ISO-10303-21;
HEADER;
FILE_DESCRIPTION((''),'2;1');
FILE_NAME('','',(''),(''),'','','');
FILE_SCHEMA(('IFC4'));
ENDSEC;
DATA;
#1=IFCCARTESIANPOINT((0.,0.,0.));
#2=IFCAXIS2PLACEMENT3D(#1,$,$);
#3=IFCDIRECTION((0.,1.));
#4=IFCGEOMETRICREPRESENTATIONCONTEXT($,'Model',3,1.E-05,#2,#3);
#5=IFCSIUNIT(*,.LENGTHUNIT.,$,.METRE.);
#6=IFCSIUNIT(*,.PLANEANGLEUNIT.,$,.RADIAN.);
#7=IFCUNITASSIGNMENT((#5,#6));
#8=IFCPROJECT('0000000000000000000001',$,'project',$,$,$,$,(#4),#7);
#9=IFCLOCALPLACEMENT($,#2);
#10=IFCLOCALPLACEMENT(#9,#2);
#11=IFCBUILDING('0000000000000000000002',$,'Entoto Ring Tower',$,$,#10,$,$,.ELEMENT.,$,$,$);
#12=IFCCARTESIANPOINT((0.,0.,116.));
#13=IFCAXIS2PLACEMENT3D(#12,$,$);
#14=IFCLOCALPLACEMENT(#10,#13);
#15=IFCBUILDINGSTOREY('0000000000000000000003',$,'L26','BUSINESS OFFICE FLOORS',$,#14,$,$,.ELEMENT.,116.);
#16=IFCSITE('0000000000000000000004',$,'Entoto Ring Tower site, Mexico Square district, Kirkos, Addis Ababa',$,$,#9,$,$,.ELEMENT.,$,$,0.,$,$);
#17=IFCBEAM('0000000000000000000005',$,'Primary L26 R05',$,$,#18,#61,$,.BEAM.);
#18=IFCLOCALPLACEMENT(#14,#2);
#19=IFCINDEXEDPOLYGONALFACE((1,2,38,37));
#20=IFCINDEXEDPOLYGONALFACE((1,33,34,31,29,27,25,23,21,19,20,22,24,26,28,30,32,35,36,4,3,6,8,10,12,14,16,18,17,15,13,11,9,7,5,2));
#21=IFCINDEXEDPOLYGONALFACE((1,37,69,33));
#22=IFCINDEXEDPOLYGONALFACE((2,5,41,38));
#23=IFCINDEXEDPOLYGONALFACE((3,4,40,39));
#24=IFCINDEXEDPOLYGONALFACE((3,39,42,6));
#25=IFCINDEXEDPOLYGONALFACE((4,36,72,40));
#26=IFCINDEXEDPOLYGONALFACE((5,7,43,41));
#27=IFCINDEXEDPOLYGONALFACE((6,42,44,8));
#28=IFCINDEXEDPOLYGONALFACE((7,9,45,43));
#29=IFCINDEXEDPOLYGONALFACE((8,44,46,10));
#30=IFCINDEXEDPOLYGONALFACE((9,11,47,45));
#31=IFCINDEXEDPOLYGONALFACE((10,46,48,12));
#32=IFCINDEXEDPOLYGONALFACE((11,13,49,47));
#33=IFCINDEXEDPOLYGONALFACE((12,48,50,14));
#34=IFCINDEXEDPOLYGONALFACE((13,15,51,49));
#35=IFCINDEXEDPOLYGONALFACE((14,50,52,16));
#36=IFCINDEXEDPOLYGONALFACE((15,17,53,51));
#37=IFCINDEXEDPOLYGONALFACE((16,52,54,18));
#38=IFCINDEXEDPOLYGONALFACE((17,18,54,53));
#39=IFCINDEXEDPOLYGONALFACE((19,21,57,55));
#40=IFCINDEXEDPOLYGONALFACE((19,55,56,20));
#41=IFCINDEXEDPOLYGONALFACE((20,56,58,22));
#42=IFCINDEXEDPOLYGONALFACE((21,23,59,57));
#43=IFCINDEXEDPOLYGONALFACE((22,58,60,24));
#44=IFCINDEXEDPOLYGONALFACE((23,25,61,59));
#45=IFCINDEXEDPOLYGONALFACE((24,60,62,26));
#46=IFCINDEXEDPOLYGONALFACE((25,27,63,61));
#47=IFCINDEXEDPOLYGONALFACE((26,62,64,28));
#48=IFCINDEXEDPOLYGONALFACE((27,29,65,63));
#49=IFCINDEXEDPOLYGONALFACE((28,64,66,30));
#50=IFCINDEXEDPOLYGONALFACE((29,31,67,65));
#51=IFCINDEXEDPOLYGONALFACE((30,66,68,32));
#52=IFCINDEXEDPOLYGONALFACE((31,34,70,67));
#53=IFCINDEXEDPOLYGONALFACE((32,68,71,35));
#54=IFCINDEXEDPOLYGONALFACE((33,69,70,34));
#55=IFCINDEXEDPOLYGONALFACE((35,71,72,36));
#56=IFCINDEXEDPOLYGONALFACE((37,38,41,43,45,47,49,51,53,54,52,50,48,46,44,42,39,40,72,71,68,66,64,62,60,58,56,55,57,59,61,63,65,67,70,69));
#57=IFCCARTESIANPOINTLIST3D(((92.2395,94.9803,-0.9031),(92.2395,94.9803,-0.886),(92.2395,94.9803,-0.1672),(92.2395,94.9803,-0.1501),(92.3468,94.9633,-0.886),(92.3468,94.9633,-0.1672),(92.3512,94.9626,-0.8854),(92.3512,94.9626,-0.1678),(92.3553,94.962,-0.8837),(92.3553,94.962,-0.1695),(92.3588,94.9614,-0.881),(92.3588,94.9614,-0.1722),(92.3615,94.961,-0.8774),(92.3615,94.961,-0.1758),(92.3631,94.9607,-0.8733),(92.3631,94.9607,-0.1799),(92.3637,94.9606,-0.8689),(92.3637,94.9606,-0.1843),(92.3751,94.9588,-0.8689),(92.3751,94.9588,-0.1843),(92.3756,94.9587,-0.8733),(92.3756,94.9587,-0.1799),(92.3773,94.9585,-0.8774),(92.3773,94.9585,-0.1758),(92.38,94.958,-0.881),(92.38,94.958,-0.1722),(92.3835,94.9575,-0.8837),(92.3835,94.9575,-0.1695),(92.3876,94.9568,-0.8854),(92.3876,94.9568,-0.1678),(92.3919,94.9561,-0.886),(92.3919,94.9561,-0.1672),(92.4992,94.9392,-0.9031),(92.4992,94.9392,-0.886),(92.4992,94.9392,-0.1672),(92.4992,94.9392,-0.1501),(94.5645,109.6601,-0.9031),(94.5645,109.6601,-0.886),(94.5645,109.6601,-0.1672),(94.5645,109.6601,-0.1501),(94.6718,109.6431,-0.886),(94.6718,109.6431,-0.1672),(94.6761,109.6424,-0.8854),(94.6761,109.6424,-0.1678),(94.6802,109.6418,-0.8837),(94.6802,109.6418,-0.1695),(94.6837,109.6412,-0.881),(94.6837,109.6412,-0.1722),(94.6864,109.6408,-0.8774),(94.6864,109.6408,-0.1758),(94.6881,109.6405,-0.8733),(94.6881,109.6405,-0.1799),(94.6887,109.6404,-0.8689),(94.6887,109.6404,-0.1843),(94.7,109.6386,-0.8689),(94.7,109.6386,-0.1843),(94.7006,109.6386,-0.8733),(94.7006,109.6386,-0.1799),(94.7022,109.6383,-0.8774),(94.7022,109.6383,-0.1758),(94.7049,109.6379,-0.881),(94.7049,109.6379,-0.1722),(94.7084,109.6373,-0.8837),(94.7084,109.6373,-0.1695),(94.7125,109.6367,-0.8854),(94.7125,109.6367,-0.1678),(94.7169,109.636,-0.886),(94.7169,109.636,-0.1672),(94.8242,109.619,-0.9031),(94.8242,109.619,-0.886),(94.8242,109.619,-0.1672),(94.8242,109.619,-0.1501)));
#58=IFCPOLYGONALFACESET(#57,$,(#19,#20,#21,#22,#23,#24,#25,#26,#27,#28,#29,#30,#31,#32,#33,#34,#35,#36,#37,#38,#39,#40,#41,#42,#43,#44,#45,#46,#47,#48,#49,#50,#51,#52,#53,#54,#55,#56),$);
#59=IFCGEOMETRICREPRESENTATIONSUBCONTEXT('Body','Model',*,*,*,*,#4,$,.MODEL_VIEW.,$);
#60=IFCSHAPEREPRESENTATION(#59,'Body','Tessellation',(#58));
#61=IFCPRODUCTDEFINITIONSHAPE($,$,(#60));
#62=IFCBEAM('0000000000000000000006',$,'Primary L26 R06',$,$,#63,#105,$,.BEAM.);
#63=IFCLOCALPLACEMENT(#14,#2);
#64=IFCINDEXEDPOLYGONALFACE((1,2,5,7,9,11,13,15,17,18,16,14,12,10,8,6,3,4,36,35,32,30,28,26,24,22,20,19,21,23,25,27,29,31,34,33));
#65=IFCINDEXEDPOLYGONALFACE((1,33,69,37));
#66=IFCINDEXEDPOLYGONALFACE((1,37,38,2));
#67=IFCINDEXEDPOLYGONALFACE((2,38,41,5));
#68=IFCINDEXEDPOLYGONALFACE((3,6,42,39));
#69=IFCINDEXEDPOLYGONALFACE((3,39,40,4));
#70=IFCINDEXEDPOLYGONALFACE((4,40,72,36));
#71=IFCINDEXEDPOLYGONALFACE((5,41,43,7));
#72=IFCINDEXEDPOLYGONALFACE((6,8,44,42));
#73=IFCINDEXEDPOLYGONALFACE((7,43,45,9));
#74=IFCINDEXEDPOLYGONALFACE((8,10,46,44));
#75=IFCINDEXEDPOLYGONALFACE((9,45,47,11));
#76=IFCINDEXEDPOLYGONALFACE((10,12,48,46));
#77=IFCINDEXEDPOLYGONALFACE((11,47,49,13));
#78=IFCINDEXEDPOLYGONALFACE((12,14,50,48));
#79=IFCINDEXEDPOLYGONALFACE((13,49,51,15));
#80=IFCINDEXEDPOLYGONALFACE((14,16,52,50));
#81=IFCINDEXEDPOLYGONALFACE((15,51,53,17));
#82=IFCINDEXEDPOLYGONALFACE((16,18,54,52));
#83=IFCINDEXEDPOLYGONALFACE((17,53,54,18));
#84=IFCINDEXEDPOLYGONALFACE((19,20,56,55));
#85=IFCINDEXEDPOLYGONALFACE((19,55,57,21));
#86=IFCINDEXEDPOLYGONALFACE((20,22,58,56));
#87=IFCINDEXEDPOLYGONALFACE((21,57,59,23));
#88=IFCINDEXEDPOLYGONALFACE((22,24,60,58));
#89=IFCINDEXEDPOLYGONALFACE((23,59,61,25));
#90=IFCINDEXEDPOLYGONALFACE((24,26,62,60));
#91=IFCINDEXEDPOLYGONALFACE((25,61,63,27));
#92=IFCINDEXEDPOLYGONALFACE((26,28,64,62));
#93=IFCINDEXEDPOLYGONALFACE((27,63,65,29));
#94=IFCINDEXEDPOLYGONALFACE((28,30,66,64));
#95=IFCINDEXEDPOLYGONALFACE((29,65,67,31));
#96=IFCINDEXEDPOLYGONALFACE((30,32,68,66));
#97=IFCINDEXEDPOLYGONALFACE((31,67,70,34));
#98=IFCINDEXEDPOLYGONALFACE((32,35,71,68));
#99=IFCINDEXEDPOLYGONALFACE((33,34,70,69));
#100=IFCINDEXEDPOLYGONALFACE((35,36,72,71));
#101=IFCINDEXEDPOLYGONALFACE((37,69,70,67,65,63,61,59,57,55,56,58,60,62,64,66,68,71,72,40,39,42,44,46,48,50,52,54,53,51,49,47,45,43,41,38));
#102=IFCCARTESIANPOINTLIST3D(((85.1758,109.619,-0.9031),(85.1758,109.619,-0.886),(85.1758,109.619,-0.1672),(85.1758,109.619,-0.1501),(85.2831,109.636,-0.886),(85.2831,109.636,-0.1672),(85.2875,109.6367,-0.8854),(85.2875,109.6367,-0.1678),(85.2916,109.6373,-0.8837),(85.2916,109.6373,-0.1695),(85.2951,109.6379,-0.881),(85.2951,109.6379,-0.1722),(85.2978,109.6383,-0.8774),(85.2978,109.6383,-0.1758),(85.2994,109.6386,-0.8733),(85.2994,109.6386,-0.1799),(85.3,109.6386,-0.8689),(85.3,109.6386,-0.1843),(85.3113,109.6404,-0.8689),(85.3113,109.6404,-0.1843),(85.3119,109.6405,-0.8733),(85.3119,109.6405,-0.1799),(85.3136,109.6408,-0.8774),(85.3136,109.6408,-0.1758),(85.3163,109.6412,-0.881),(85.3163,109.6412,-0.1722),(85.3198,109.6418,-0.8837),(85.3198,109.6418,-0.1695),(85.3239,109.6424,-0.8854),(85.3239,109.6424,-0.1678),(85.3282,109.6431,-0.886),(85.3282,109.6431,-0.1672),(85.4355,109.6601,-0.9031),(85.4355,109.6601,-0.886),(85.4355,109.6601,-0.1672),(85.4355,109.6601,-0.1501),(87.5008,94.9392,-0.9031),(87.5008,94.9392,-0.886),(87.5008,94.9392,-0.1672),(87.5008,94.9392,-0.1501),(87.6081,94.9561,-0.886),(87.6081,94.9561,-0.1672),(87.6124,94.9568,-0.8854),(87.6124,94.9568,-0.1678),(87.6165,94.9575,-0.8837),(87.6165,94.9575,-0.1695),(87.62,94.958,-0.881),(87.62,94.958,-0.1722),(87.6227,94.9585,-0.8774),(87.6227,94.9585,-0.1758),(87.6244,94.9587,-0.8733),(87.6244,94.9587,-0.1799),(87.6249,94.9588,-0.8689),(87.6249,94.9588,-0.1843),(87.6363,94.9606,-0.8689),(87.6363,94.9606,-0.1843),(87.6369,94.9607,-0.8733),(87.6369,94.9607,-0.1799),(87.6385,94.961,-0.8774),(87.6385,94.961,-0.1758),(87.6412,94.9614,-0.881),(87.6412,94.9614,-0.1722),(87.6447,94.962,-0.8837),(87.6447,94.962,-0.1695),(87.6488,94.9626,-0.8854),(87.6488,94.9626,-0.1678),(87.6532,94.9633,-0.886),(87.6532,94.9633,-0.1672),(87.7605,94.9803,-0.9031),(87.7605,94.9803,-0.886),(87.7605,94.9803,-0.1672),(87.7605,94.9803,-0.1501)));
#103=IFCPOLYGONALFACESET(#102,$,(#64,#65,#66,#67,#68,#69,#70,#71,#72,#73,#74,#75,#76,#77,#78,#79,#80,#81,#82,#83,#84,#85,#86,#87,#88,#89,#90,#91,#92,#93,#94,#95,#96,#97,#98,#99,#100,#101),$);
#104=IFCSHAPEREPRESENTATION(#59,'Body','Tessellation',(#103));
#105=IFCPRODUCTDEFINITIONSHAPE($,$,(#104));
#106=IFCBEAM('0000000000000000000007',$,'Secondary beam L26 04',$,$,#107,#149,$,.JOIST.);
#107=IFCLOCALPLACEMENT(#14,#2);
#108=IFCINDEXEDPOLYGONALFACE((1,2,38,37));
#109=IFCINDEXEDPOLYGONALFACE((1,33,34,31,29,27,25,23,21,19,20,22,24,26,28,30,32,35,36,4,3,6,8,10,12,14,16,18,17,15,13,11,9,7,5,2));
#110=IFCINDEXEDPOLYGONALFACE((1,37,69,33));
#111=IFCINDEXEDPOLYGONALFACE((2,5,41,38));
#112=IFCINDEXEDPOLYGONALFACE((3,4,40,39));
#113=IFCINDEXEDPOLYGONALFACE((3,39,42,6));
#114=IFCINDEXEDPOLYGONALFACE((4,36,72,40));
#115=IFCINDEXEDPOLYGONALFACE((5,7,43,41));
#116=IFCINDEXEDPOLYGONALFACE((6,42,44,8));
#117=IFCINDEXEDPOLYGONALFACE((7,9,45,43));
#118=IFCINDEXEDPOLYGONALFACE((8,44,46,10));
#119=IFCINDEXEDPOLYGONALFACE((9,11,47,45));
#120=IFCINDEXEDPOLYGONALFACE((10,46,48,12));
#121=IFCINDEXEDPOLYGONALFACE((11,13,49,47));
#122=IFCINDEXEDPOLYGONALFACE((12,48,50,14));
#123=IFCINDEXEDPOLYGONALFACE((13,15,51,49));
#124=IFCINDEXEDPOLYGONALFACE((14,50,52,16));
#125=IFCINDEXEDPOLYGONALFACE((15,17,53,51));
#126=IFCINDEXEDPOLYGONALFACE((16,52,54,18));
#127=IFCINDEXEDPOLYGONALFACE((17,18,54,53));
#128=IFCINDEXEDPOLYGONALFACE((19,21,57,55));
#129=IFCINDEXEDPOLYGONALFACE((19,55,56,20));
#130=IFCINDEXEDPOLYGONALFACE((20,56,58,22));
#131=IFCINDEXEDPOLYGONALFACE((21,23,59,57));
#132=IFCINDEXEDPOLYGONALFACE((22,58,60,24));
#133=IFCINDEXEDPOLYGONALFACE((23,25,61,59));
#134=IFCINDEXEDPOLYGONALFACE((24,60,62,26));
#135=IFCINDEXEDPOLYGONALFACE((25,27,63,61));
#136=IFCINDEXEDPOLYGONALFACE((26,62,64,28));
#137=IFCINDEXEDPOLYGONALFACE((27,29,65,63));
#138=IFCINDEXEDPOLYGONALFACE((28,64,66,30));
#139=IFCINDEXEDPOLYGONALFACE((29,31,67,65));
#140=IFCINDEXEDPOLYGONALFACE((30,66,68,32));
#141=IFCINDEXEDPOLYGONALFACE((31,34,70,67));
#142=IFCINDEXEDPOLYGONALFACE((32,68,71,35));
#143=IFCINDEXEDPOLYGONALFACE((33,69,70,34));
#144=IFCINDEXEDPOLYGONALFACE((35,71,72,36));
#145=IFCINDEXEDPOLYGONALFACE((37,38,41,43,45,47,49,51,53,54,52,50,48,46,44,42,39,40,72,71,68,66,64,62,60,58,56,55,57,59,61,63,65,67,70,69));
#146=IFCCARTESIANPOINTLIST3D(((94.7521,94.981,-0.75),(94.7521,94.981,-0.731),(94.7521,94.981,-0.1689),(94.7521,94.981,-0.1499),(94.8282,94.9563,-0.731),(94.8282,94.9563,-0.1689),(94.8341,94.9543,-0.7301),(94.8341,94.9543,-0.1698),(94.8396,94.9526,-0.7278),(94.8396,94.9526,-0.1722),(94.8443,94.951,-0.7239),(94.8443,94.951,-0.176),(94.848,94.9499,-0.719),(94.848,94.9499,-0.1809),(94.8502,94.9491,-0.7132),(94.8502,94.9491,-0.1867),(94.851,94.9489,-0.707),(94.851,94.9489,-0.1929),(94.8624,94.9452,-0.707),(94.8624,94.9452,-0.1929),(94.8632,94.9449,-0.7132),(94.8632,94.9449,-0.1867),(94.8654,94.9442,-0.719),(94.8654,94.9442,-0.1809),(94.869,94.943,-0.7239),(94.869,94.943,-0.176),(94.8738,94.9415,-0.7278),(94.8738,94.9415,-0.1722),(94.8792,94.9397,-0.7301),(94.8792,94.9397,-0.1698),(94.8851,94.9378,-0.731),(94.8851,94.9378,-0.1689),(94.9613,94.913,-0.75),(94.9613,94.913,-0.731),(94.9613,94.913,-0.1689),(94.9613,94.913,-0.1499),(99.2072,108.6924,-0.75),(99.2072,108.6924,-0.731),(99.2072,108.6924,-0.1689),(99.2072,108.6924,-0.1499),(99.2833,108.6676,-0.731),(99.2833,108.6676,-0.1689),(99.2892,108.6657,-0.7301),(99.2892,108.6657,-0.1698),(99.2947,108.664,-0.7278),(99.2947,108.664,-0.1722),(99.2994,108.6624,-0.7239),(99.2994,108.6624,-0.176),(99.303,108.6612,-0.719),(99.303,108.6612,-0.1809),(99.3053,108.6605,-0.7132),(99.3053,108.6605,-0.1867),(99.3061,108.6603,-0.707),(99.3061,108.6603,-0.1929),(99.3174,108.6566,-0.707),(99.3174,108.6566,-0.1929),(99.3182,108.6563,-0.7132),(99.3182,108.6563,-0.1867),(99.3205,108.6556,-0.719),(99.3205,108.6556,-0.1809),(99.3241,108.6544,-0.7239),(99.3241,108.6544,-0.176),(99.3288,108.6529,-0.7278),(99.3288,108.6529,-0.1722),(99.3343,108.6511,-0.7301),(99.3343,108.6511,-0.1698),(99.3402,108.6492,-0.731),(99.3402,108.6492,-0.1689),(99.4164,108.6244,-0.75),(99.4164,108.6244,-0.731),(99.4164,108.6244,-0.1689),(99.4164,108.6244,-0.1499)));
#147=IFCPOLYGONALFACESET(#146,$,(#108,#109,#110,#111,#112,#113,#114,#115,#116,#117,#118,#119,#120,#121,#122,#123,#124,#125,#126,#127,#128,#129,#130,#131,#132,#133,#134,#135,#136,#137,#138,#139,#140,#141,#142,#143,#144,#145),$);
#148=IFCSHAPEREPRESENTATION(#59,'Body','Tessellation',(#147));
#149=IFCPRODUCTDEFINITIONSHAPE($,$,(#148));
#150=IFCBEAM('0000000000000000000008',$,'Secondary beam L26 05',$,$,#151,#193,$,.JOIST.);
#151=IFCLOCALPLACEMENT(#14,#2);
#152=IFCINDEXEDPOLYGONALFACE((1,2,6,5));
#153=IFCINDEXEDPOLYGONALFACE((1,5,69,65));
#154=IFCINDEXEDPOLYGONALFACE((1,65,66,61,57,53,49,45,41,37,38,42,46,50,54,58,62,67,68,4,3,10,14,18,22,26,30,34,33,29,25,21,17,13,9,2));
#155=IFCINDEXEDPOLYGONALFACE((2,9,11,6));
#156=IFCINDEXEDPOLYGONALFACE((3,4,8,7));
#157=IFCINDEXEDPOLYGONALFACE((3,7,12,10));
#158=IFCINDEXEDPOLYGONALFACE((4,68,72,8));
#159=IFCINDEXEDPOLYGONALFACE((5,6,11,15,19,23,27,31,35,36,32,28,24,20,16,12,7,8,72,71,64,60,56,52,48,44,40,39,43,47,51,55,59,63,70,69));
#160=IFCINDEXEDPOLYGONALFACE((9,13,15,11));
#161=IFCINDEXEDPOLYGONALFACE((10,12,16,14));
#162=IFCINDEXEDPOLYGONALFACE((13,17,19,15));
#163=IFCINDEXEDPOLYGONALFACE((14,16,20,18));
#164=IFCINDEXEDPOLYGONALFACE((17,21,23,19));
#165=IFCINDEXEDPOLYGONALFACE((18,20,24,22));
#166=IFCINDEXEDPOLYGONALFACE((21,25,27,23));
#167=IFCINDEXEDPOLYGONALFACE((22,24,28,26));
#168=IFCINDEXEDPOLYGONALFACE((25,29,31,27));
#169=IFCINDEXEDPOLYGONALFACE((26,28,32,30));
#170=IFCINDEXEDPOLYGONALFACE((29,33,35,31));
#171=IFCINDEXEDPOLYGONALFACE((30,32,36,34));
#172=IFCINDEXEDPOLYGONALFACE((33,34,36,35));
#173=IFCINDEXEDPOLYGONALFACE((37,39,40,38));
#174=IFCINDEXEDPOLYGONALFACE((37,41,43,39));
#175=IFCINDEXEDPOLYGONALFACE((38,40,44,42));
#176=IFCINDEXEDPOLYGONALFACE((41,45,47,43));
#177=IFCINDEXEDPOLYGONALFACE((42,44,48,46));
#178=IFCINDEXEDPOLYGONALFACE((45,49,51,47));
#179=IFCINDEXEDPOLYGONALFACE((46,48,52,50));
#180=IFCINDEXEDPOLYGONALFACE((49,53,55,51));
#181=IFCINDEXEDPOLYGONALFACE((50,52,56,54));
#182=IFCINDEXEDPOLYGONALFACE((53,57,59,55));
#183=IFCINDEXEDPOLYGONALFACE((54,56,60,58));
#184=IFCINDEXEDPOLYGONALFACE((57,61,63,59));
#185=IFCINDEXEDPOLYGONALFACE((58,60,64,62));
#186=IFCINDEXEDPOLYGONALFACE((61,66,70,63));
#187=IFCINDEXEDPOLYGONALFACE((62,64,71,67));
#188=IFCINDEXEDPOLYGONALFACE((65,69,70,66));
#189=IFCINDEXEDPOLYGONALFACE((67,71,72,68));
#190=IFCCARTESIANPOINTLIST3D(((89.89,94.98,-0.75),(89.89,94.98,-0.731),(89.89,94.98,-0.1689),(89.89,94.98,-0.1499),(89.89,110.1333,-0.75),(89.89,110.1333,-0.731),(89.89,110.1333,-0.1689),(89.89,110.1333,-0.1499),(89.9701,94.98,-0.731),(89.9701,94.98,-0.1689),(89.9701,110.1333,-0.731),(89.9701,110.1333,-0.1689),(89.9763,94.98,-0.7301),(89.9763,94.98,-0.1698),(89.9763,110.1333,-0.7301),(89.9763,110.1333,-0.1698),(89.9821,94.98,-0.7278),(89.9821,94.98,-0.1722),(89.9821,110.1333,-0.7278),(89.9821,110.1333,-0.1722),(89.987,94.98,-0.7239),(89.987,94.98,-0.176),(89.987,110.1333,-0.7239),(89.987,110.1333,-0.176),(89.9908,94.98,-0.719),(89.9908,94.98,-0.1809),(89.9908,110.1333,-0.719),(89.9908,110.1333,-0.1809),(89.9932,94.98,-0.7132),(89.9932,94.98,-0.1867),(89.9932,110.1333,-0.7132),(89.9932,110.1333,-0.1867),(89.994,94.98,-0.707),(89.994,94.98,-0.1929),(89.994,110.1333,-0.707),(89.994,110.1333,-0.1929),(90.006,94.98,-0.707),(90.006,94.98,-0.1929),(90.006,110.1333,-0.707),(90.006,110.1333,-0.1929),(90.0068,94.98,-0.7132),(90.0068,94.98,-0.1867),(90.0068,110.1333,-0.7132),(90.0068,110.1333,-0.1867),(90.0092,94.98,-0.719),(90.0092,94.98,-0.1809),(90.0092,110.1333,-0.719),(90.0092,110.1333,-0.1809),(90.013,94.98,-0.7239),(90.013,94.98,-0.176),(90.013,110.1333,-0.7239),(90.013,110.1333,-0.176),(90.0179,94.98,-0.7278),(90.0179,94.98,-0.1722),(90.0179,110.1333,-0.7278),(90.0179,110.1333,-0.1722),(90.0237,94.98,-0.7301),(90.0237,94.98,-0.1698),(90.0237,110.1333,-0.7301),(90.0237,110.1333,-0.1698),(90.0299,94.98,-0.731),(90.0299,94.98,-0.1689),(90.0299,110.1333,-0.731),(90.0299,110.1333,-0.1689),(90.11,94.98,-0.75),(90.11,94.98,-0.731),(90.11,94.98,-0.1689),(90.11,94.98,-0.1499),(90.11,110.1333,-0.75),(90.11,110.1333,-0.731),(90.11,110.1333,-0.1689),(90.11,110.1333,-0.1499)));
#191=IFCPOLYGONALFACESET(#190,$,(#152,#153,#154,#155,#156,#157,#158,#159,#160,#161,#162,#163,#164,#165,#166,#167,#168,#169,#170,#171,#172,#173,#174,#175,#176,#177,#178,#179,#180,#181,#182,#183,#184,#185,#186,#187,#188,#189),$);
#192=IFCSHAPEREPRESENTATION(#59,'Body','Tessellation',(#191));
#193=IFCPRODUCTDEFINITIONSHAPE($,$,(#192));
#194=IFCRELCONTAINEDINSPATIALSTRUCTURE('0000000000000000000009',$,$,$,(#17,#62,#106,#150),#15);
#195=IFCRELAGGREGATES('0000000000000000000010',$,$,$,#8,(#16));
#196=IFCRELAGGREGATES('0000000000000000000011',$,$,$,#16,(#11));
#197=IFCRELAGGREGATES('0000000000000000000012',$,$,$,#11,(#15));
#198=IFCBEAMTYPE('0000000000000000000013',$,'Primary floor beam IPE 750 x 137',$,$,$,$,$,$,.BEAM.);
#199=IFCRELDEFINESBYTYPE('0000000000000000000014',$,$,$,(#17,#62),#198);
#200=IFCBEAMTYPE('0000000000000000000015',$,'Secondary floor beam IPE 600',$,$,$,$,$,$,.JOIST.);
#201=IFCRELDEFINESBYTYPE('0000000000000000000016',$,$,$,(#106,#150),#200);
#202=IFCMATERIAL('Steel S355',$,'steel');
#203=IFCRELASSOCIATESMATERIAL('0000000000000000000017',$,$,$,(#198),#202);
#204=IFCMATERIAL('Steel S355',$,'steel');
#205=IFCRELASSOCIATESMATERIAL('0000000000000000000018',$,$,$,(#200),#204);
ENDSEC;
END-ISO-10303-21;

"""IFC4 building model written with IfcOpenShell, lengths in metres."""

from ifc_helpers import new_model, si_unit, direction, frame, origin, origin_2d, place, context, subcontext, project, spatial, i_section, extrude, material, material_profile, profile_set, type_object, element, save


model = new_model("IFC4")

# Units and contexts
model_context = context("Model", 3, precision=1e-05, world=origin(), true_north=direction((0.0, 1.0)))
body_context = subcontext(model_context, "Body", "Model", "MODEL_VIEW")
ifc_project = project(units=[si_unit("LENGTHUNIT", "METRE"), si_unit("PLANEANGLEUNIT", "RADIAN")], contexts=[model_context])

# Site, building, storey
site_placement = place(None, origin())
site = spatial("IfcSite", under=ifc_project, at=site_placement, Name="Entoto Ring Tower site, Mexico Square district, Kirkos, Addis Ababa", CompositionType="ELEMENT", RefElevation=0.0)
building_placement = place(site_placement, origin())
building = spatial("IfcBuilding", under=site, at=building_placement, Name="Entoto Ring Tower", CompositionType="ELEMENT")
storey_placement = place(building_placement, frame((0.0, 0.0, 116.0)))
storey = spatial("IfcBuildingStorey", under=building, at=storey_placement, Name="L26", Description="BUSINESS OFFICE FLOORS", CompositionType="ELEMENT", Elevation=116.0)

# Beams
ifc_material_1 = material(Name="Steel S355", Category="steel")
ifc_material_profile_1 = material_profile(ifc_material_1, i_section(OverallWidth=0.2629, OverallDepth=0.7529, WebThickness=0.0115, FlangeThickness=0.0171, FilletRadius=0.0171, at=origin_2d()), Name="IPE 750 x 137")
ifc_profile_set_1 = profile_set([ifc_material_profile_1], Name="Steel S355")
beam_type_1 = type_object("IfcBeamType", Name="Primary floor beam IPE 750 x 137", PredefinedType="BEAM", material=ifc_profile_set_1)
for number, where, z_axis, x_axis, name in (
    (1, (92.3694, 94.9597, -0.5266), (0.156426, 0.98769, 0.0), (-0.98769, 0.156426, 0.0), "Primary L26 R05"),
    (2, (87.6306, 94.9597, -0.5266), (-0.156426, 0.98769, 0.0), (-0.98769, -0.156426, 0.0), "Primary L26 R06"),
):
    element("IfcBeam", number, at=place(storey_placement, frame(where, z_axis=z_axis, x_axis=x_axis)), inside=storey, type_object=beam_type_1, Name=name, PredefinedType="BEAM", context=body_context, shape_type="SweptSolid", body=[
        extrude(i_section(OverallWidth=0.2629, OverallDepth=0.7529, WebThickness=0.0115, FlangeThickness=0.0171, FilletRadius=0.0171, at=origin_2d()), origin(), (0.0, 0.0, 1.0), 14.8628),
    ])
ifc_material_2 = material(Name="Steel S355", Category="steel")
ifc_material_profile_2 = material_profile(ifc_material_2, i_section(OverallWidth=0.22, OverallDepth=0.6001, WebThickness=0.012, FlangeThickness=0.019, FilletRadius=0.0239, at=origin_2d()), Name="IPE 600")
ifc_profile_set_2 = profile_set([ifc_material_profile_2], Name="Steel S355")
beam_type_2 = type_object("IfcBeamType", Name="Secondary floor beam IPE 600", PredefinedType="JOIST", material=ifc_profile_set_2)
beam_1_placement = place(storey_placement, frame((94.8567, 94.947, -0.45), z_axis=(0.309015, 0.951057, 0.0), x_axis=(-0.951057, 0.309015, 0.0)))
element("IfcBeam", 3, at=beam_1_placement, inside=storey, type_object=beam_type_2, Name="Secondary beam L26 04", PredefinedType="JOIST", context=body_context, shape_type="SweptSolid", body=[
    extrude(i_section(OverallWidth=0.22, OverallDepth=0.6001, WebThickness=0.012, FlangeThickness=0.019, FilletRadius=0.0239, at=origin_2d()), origin(), (0.0, 0.0, 1.0), 14.417),
])
beam_2_placement = place(storey_placement, frame((90.0, 94.98, -0.45), z_axis=(0.0, 1.0, 0.0), x_axis=(-1.0, 0.0, 0.0)))
element("IfcBeam", 4, at=beam_2_placement, inside=storey, type_object=beam_type_2, Name="Secondary beam L26 05", PredefinedType="JOIST", context=body_context, shape_type="SweptSolid", body=[
    extrude(i_section(OverallWidth=0.22, OverallDepth=0.6001, WebThickness=0.012, FlangeThickness=0.019, FilletRadius=0.0239, at=origin_2d()), origin(), (0.0, 0.0, 1.0), 15.1533),
])

save(model, "model.ifc")
